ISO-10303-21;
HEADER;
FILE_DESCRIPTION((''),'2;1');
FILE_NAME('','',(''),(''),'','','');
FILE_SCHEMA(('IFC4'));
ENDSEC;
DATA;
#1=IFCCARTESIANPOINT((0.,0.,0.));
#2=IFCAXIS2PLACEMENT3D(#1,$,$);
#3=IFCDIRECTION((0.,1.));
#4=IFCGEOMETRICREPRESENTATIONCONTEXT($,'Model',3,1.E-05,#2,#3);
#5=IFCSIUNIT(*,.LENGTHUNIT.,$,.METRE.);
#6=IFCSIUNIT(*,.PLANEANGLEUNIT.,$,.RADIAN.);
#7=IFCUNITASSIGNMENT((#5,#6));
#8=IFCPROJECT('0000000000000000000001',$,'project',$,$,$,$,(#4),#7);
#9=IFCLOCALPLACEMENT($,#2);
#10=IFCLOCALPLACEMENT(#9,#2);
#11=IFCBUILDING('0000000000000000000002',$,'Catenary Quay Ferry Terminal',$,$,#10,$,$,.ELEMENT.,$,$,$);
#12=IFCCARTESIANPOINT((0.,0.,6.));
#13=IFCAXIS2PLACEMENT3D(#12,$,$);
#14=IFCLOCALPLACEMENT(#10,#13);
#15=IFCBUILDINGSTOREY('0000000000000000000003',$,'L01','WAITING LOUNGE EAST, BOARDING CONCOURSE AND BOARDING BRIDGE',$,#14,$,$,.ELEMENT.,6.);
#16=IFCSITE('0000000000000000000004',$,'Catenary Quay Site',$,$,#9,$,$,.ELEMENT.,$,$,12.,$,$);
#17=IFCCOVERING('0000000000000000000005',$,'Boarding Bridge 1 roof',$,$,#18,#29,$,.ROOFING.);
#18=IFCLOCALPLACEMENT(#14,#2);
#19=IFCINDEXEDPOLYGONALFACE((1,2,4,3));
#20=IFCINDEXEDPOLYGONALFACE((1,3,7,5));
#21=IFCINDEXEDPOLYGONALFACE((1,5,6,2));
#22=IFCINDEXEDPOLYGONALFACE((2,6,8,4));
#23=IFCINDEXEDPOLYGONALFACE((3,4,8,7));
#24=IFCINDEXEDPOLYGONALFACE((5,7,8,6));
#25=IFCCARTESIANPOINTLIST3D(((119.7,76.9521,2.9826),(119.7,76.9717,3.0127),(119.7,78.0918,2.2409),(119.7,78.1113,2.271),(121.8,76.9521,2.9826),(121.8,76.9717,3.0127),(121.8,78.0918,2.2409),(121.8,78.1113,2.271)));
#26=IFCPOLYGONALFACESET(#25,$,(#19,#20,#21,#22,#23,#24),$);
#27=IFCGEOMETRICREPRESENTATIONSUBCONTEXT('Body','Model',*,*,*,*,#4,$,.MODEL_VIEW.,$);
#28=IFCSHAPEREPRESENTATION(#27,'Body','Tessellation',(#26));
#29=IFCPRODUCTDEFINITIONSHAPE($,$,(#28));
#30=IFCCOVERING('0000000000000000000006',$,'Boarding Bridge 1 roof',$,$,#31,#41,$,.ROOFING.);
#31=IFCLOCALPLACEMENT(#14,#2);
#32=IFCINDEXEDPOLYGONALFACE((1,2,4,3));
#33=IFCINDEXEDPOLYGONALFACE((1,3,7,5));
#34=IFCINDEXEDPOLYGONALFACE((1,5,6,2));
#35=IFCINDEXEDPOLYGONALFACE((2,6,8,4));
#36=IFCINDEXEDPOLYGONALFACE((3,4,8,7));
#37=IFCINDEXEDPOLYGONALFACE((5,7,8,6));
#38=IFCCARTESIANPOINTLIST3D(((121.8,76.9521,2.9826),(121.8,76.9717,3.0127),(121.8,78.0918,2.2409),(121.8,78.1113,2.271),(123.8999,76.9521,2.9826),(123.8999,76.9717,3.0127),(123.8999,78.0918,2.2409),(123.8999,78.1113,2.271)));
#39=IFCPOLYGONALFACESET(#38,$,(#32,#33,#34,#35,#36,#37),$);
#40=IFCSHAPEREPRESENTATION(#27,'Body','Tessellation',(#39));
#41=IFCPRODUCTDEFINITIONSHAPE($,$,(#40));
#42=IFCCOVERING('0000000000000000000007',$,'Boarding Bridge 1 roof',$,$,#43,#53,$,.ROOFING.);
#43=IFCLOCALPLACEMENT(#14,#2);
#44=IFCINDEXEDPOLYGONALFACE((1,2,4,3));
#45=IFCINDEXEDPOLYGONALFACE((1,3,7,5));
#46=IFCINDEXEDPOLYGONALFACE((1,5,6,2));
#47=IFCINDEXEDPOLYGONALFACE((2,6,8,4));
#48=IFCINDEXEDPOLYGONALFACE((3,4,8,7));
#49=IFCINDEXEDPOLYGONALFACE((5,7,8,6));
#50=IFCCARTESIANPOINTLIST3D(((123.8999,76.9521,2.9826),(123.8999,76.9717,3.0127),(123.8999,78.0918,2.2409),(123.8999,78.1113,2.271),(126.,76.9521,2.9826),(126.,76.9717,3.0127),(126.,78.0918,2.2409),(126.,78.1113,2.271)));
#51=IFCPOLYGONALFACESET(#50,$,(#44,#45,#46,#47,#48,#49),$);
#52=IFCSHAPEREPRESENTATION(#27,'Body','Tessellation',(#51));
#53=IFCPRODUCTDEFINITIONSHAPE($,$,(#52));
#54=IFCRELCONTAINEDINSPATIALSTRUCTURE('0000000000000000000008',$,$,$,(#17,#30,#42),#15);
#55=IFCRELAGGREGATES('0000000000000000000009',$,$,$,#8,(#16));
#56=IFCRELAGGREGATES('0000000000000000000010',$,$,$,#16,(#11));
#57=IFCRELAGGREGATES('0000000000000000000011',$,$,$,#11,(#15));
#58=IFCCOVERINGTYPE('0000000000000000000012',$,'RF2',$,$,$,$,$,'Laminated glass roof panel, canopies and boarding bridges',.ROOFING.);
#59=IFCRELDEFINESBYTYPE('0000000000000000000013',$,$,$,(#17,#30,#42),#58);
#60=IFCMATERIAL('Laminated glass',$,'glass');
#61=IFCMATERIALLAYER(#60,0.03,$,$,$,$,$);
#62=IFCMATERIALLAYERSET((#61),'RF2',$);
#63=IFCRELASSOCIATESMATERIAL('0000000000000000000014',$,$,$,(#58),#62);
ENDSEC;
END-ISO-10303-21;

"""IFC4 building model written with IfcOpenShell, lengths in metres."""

from ifc_helpers import new_model, si_unit, direction, frame, origin, place, context, subcontext, project, spatial, polyline, outline, extrude, material, layer, layer_set, type_object, element, save


model = new_model("IFC4")

# Units and contexts
model_context = context("Model", 3, precision=1e-05, world=origin(), true_north=direction((0.0, 1.0)))
body_context = subcontext(model_context, "Body", "Model", "MODEL_VIEW")
ifc_project = project(units=[si_unit("LENGTHUNIT", "METRE"), si_unit("PLANEANGLEUNIT", "RADIAN")], contexts=[model_context])

# Site, building, storey
site_placement = place(None, origin())
site = spatial("IfcSite", under=ifc_project, at=site_placement, Name="Catenary Quay Site", CompositionType="ELEMENT", RefElevation=12.0)
building_placement = place(site_placement, origin())
building = spatial("IfcBuilding", under=site, at=building_placement, Name="Catenary Quay Ferry Terminal", CompositionType="ELEMENT")
storey_placement = place(building_placement, frame((0.0, 0.0, 6.0)))
storey = spatial("IfcBuildingStorey", under=building, at=storey_placement, Name="L01", Description="WAITING LOUNGE EAST, BOARDING CONCOURSE AND BOARDING BRIDGE", CompositionType="ELEMENT", Elevation=6.0)

# Coverings
ifc_material_1 = material(Name="Laminated glass", Category="glass")
ifc_layer_1 = layer(ifc_material_1, 0.03)
ifc_layer_set_1 = layer_set([ifc_layer_1], Name="RF2")
covering_type = type_object("IfcCoveringType", Name="RF2", ElementType="Laminated glass roof panel, canopies and boarding bridges", PredefinedType="ROOFING", material=ifc_layer_set_1)
covering_1_placement = place(storey_placement, frame((119.7, 76.9717, 3.0127), z_axis=(0.0, 0.545468, 0.838132), x_axis=(1.0, 0.0, 0.0)))
element("IfcCovering", 1, at=covering_1_placement, inside=storey, type_object=covering_type, Name="Boarding Bridge 1 roof", PredefinedType="ROOFING", context=body_context, shape_type="SweptSolid", body=[
    extrude(outline(polyline([(0.0, 0.0), (2.1001, 0.0), (2.1001, 1.3597), (0.0, 1.3597), (0.0, 0.0)])), origin(), (0.0, 0.0, -1.0), 0.0359),
])
covering_2_placement = place(storey_placement, frame((121.8, 76.9717, 3.0127), z_axis=(0.0, 0.545468, 0.838132), x_axis=(1.0, 0.0, 0.0)))
element("IfcCovering", 2, at=covering_2_placement, inside=storey, type_object=covering_type, Name="Boarding Bridge 1 roof", PredefinedType="ROOFING", context=body_context, shape_type="SweptSolid", body=[
    extrude(outline(polyline([(0.0, 0.0), (2.0999, 0.0), (2.0999, 1.3597), (0.0, 1.3597), (0.0, 0.0)])), origin(), (0.0, 0.0, -1.0), 0.0359),
])
covering_3_placement = place(storey_placement, frame((123.8999, 76.9717, 3.0127), z_axis=(0.0, 0.545468, 0.838132), x_axis=(1.0, 0.0, 0.0)))
element("IfcCovering", 3, at=covering_3_placement, inside=storey, type_object=covering_type, Name="Boarding Bridge 1 roof", PredefinedType="ROOFING", context=body_context, shape_type="SweptSolid", body=[
    extrude(outline(polyline([(0.0, 0.0), (2.1001, 0.0), (2.1001, 1.3597), (0.0, 1.3597), (0.0, 0.0)])), origin(), (0.0, 0.0, -1.0), 0.0359),
])

save(model, "model.ifc")
